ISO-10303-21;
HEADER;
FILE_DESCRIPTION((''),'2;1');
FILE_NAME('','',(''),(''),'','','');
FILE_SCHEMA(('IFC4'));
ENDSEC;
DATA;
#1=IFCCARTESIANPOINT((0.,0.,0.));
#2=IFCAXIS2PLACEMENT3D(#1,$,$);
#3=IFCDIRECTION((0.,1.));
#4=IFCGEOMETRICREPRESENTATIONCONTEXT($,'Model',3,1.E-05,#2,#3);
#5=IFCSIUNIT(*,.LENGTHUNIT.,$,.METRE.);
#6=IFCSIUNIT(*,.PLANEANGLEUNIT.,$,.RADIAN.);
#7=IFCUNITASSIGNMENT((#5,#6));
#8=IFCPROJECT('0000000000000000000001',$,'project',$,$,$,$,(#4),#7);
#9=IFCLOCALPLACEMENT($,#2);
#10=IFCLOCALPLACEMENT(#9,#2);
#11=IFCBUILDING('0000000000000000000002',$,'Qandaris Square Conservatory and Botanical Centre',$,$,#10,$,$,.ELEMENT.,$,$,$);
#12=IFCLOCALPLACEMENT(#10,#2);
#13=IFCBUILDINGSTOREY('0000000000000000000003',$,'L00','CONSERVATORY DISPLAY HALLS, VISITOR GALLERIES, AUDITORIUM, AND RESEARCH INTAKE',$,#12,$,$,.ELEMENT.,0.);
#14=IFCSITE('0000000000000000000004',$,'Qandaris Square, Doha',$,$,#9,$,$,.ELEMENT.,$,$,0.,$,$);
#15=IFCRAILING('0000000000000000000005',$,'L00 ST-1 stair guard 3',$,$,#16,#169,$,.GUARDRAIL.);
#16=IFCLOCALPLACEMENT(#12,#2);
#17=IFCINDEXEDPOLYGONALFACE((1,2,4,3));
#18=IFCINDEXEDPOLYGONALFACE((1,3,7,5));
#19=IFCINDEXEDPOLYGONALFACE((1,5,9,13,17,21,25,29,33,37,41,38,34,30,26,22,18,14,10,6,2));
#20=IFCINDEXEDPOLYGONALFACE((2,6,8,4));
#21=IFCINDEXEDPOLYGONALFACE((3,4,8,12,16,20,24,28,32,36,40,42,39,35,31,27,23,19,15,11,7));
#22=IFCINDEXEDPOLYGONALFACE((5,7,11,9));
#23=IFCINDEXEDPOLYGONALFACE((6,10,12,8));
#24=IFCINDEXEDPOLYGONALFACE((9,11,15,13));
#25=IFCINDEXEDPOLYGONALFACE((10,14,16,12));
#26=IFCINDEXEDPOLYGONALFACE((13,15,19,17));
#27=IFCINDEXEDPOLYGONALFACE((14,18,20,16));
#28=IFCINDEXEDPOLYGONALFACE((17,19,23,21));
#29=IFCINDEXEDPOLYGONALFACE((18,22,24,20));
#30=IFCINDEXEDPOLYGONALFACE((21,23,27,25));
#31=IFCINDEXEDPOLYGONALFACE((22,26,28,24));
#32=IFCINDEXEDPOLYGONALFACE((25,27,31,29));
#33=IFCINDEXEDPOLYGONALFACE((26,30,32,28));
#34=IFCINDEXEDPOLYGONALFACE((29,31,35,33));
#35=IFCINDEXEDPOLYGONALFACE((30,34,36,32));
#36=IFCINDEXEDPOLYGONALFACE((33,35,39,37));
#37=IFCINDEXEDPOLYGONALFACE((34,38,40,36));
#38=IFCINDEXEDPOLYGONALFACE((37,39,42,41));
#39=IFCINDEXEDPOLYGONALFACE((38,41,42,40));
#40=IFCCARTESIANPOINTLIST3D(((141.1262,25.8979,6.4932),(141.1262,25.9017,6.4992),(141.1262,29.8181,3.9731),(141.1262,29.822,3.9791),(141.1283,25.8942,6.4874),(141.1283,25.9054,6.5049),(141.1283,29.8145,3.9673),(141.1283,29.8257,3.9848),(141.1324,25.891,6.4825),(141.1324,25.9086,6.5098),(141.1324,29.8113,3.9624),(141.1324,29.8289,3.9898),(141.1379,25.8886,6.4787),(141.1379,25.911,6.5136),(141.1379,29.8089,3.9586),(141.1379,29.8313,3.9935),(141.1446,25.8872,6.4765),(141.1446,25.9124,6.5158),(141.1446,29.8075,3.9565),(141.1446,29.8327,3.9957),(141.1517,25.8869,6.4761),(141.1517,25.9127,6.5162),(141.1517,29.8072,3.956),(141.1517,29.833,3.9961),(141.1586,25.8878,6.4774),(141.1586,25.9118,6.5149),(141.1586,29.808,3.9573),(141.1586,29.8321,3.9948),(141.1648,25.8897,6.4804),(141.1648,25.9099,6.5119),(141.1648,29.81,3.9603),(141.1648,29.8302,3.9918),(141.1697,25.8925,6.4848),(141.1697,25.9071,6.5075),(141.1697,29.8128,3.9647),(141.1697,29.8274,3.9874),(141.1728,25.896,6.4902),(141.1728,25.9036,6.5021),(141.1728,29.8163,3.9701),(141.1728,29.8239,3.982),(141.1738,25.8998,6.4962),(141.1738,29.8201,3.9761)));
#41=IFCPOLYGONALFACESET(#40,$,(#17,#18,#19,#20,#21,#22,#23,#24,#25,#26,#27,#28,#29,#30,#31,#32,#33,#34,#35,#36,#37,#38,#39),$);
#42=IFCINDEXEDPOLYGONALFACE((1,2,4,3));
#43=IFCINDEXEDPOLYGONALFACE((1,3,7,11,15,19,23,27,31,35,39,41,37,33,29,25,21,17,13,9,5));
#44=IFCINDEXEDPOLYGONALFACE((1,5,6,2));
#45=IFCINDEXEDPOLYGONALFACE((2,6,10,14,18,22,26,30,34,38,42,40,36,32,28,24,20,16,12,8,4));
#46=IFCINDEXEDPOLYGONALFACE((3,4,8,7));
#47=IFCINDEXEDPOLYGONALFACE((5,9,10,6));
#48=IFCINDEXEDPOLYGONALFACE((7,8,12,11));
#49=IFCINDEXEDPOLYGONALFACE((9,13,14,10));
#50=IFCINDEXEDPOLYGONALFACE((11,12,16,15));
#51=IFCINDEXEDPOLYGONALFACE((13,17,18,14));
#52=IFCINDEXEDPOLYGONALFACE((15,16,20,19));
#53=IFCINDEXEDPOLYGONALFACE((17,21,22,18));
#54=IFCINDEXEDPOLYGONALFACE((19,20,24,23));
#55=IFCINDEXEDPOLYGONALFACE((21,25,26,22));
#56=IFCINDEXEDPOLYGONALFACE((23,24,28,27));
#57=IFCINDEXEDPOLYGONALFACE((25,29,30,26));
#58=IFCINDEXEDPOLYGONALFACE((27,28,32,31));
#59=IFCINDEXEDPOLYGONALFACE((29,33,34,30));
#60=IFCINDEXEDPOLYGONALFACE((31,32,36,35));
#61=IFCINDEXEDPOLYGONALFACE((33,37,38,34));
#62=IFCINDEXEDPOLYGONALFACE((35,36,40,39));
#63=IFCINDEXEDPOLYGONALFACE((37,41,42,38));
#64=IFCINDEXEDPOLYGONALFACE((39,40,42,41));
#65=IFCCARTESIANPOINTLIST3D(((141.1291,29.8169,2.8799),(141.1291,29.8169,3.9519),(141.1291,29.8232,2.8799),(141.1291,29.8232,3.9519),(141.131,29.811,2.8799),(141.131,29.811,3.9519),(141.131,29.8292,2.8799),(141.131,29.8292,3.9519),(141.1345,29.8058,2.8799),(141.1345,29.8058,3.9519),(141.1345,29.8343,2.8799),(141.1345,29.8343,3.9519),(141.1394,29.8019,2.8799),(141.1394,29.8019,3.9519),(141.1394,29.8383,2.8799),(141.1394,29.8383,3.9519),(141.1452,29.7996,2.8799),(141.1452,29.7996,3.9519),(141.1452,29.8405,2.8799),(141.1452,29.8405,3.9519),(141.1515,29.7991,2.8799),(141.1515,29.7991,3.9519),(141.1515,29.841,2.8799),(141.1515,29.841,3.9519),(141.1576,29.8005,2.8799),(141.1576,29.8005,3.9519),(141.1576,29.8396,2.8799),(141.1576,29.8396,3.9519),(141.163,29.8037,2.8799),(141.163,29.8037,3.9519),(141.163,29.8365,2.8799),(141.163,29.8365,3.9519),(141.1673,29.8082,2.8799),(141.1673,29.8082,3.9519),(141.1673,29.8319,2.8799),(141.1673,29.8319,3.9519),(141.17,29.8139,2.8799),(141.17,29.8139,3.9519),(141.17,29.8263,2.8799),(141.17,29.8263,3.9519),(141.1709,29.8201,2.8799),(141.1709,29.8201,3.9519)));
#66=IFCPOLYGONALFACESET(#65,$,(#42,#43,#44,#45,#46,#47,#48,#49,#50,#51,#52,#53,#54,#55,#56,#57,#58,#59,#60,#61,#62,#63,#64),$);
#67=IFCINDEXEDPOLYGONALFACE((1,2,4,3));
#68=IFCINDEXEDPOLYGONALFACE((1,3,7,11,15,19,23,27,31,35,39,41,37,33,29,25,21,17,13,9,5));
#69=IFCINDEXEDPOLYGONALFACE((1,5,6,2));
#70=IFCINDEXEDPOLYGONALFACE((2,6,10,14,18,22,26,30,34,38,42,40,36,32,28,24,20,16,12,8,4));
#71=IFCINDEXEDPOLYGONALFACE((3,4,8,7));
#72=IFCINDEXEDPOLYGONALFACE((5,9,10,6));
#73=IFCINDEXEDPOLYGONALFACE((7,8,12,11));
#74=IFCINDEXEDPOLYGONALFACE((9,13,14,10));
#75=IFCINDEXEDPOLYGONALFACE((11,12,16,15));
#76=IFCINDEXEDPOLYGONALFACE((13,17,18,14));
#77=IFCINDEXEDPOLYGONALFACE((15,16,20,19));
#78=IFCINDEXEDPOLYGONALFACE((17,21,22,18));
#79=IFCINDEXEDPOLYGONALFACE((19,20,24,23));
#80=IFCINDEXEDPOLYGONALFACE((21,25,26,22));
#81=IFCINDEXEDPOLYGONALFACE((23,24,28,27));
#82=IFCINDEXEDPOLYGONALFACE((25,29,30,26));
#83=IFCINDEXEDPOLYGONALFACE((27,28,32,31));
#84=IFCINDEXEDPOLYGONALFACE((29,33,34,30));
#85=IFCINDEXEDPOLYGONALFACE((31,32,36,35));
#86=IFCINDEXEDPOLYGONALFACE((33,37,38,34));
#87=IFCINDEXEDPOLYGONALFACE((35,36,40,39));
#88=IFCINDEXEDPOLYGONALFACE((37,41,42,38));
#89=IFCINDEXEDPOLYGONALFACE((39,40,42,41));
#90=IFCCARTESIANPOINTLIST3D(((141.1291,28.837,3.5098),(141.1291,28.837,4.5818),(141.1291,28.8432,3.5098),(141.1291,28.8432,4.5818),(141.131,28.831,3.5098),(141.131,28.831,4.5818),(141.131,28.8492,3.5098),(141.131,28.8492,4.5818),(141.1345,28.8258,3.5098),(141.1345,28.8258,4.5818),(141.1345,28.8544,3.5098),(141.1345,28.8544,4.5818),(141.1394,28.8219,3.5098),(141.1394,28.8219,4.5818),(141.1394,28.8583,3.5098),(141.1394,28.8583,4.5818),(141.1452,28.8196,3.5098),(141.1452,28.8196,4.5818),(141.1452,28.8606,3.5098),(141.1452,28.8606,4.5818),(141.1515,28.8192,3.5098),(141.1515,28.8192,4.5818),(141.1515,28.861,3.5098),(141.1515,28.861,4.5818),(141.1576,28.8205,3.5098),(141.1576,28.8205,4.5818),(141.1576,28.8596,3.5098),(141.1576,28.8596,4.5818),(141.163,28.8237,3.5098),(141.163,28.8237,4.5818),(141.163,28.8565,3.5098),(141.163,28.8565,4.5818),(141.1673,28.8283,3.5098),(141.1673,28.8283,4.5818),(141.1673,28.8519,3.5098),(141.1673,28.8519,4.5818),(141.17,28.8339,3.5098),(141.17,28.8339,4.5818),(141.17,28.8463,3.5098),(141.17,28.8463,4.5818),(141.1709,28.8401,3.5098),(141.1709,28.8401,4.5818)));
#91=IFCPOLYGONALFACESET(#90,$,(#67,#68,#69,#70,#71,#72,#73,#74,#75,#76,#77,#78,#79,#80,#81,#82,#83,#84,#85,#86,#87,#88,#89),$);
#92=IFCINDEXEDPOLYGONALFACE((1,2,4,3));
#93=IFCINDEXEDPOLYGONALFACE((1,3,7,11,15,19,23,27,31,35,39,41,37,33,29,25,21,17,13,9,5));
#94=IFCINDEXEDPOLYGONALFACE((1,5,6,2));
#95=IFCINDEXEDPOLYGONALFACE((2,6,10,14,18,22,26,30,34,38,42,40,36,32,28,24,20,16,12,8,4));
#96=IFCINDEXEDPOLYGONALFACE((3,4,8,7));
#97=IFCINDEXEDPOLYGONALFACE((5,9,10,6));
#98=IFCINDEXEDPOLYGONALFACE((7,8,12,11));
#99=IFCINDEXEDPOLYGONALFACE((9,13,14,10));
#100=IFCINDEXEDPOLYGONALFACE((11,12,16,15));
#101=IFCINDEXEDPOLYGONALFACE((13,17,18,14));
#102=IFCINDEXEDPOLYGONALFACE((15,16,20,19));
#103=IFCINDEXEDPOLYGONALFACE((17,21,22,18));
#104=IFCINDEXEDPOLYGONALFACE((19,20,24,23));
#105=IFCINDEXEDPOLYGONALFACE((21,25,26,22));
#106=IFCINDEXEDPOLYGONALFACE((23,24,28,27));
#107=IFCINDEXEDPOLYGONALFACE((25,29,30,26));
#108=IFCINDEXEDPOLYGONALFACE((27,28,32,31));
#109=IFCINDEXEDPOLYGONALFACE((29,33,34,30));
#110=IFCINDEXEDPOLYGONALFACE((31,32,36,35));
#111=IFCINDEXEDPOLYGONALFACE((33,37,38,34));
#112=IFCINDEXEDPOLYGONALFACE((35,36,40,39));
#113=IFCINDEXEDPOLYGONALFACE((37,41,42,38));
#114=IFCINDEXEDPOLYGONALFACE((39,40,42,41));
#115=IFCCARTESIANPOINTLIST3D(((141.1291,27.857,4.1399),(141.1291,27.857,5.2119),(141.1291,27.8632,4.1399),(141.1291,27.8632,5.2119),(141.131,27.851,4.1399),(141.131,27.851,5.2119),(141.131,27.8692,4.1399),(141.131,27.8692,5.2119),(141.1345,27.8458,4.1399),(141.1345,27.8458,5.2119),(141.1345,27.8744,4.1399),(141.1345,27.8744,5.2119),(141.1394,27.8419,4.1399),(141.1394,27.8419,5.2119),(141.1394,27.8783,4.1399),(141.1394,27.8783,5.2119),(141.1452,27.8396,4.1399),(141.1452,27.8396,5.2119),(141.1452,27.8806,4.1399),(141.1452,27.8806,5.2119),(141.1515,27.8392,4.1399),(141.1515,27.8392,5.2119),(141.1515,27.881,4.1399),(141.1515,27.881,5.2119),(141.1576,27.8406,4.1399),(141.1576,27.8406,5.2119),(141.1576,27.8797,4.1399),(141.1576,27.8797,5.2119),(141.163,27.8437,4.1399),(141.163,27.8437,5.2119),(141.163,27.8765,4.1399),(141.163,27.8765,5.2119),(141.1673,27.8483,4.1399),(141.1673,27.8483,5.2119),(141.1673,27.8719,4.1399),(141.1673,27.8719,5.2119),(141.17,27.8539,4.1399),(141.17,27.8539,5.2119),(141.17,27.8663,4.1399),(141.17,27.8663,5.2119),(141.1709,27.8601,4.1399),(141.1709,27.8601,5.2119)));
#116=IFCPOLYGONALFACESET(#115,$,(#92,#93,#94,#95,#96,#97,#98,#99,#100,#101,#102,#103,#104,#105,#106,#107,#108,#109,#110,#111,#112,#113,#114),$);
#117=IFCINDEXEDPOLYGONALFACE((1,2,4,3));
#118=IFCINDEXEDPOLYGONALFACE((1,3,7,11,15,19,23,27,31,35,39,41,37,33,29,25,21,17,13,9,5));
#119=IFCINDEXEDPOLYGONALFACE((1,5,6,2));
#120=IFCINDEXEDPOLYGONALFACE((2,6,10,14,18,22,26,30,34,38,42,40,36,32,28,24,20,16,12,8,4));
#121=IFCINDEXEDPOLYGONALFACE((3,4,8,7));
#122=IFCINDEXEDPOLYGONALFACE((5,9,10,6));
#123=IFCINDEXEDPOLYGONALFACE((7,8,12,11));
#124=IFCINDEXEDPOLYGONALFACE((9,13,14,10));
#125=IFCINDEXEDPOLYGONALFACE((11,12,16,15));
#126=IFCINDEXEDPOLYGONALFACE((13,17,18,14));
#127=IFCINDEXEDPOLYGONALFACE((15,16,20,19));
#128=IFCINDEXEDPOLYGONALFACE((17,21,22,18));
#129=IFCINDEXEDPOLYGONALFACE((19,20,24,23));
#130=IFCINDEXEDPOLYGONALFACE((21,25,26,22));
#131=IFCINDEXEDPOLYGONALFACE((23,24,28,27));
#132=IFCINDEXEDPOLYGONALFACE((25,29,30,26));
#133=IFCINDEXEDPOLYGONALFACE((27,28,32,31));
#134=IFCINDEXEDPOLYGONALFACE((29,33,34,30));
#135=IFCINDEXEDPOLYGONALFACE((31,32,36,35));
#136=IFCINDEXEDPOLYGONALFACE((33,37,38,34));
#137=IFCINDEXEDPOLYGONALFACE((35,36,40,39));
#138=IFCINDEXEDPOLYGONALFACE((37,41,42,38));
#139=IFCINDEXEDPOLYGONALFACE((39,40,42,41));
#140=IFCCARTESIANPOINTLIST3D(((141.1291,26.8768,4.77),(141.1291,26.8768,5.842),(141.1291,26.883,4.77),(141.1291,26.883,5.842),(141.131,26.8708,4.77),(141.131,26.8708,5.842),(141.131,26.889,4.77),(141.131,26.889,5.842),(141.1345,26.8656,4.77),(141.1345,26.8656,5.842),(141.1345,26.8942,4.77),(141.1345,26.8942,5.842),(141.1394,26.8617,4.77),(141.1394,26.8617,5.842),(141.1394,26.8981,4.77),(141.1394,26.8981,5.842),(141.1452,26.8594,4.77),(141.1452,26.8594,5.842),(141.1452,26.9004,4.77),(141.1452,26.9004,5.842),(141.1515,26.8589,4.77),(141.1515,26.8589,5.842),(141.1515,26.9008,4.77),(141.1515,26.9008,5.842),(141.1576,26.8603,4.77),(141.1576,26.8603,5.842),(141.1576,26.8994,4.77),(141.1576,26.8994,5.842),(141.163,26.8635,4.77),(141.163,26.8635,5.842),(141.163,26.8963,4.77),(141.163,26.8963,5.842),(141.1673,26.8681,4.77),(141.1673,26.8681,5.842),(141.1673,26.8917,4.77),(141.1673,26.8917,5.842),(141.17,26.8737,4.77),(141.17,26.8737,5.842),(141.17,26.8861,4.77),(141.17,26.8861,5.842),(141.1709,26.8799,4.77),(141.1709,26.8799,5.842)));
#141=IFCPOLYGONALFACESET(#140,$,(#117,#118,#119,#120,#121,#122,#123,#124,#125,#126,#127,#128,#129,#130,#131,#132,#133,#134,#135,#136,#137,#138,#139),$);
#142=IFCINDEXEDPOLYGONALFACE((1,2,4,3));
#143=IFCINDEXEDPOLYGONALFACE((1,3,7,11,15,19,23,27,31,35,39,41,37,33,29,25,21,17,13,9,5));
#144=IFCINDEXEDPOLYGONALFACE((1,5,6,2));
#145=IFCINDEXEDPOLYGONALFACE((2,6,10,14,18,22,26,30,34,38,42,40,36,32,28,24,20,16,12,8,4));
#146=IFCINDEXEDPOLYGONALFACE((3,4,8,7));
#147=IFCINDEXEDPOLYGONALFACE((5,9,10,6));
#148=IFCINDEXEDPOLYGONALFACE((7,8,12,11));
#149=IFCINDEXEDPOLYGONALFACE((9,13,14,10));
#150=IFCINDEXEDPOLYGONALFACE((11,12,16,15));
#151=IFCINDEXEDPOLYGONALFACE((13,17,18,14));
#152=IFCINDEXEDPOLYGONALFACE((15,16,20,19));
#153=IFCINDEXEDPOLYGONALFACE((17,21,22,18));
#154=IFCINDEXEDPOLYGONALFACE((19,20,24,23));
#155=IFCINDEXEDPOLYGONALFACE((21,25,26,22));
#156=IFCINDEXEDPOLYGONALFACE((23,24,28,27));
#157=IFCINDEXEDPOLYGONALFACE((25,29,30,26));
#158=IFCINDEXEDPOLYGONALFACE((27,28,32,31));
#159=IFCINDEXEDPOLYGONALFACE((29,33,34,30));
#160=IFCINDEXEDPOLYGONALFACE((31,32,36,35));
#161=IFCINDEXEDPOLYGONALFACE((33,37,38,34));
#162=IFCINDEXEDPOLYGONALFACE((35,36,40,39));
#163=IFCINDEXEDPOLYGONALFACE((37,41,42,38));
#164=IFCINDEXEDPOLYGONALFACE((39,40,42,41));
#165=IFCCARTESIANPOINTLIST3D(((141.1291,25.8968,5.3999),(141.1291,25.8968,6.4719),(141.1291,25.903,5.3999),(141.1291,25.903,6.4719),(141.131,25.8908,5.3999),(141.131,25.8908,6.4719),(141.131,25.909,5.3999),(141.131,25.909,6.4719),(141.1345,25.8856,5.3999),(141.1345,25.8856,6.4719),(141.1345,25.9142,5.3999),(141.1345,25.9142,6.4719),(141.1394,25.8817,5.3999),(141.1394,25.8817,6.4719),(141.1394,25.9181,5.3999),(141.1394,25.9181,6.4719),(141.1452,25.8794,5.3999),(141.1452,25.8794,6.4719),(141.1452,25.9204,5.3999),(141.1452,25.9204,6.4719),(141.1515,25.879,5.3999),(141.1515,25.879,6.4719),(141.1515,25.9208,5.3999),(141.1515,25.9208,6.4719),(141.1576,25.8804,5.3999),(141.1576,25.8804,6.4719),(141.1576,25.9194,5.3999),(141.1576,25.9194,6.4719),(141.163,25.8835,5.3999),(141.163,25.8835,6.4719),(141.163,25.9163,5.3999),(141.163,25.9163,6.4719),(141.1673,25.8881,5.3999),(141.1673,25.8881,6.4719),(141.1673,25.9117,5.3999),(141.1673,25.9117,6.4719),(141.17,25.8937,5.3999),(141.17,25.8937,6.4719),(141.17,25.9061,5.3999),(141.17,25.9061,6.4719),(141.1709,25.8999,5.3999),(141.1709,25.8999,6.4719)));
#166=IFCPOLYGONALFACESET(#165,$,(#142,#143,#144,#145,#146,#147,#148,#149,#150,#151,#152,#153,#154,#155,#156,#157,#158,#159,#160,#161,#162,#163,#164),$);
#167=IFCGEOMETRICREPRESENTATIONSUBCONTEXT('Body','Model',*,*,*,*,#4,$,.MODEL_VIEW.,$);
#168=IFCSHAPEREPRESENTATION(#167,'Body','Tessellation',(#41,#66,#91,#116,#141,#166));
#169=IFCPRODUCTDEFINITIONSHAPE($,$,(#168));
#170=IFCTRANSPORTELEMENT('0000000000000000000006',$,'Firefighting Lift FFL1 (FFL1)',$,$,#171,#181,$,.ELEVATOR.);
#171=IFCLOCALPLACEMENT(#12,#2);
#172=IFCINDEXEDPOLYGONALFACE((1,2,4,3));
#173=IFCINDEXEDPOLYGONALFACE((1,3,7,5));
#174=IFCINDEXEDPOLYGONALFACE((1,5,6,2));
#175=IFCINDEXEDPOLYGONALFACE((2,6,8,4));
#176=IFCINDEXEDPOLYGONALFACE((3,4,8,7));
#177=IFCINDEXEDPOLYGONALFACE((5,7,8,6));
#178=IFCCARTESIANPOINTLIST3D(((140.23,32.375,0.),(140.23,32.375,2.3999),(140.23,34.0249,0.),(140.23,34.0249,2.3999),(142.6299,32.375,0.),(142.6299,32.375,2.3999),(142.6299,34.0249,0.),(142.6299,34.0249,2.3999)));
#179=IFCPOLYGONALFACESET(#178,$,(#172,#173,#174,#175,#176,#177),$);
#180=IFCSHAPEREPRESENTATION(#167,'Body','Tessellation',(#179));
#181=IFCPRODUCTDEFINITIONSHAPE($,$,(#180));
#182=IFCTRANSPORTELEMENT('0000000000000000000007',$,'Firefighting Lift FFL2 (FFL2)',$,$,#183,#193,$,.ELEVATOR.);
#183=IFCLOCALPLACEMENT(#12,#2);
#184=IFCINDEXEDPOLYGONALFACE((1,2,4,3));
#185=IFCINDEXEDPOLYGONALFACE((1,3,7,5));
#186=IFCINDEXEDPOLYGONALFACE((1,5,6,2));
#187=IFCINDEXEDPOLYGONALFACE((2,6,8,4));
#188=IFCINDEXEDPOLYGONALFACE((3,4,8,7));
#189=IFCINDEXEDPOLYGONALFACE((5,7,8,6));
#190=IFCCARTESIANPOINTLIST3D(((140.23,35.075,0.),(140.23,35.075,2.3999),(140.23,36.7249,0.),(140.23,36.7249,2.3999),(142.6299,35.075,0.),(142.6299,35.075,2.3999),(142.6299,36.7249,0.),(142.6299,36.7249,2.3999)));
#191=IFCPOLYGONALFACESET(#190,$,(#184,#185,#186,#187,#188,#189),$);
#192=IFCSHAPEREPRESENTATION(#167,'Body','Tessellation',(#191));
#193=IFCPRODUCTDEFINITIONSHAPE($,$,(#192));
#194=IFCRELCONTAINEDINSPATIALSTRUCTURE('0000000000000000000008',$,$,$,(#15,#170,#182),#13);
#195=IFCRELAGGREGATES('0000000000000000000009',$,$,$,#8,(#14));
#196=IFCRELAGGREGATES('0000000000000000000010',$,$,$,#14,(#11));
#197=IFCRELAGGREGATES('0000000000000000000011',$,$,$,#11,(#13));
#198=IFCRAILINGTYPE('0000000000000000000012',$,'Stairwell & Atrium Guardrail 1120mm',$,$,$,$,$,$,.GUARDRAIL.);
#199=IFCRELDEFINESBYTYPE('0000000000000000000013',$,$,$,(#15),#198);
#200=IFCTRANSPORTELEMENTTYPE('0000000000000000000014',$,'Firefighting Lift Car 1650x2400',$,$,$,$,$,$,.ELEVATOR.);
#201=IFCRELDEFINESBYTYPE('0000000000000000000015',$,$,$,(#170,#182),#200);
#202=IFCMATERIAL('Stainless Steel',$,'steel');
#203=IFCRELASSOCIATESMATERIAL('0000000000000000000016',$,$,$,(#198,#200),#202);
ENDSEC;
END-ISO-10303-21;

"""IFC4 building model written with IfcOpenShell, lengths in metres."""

from ifc_helpers import new_model, si_unit, direction, frame, origin, origin_2d, place, context, subcontext, project, spatial, rectangle, circle, extrude, material, type_object, element, save


model = new_model("IFC4")

# Units and contexts
model_context = context("Model", 3, precision=1e-05, world=origin(), true_north=direction((0.0, 1.0)))
body_context = subcontext(model_context, "Body", "Model", "MODEL_VIEW")
ifc_project = project(units=[si_unit("LENGTHUNIT", "METRE"), si_unit("PLANEANGLEUNIT", "RADIAN")], contexts=[model_context])

# Site, building, storey
site_placement = place(None, origin())
site = spatial("IfcSite", under=ifc_project, at=site_placement, Name="Qandaris Square, Doha", CompositionType="ELEMENT", RefElevation=0.0)
building_placement = place(site_placement, origin())
building = spatial("IfcBuilding", under=site, at=building_placement, Name="Qandaris Square Conservatory and Botanical Centre", CompositionType="ELEMENT")
storey_placement = place(building_placement, origin())
storey = spatial("IfcBuildingStorey", under=building, at=storey_placement, Name="L00", Description="CONSERVATORY DISPLAY HALLS, VISITOR GALLERIES, AUDITORIUM, AND RESEARCH INTAKE", CompositionType="ELEMENT", Elevation=0.0)

# Railing
ifc_material_1 = material(Name="Stainless Steel", Category="steel")
railing_type_1 = type_object("IfcRailingType", Name="Stairwell & Atrium Guardrail 1120mm", PredefinedType="GUARDRAIL", material=ifc_material_1)
railing_1_placement = place(storey_placement, frame((141.1499, 29.8201, 2.8799)))
element("IfcRailing", 1, at=railing_1_placement, inside=storey, type_object=railing_type_1, Name="L00 ST-1 stair guard 3", PredefinedType="GUARDRAIL", context=body_context, shape_type="SweptSolid", body=[
    extrude(circle(Radius=0.0239, at=origin_2d()), frame((0.0, 0.0, 1.0962), z_axis=(0.0, -0.841187, 0.540744), x_axis=(1.0, 0.0, 0.0)), (0.0, 0.0, 1.0), 4.6604),
    extrude(circle(Radius=0.021, at=origin_2d()), origin(), (0.0, 0.0, 1.0), 1.072),
    extrude(circle(Radius=0.021, at=origin_2d()), frame((0.0, -0.98, 0.6299)), (0.0, 0.0, 1.0), 1.072),
    extrude(circle(Radius=0.021, at=origin_2d()), frame((0.0, -1.96, 1.26)), (0.0, 0.0, 1.0), 1.072),
    extrude(circle(Radius=0.021, at=origin_2d()), frame((0.0, -2.9402, 1.8901)), (0.0, 0.0, 1.0), 1.072),
    extrude(circle(Radius=0.021, at=origin_2d()), frame((0.0, -3.9202, 2.52)), (0.0, 0.0, 1.0), 1.072),
])

# Transport elements
transport_element_type = type_object("IfcTransportElementType", Name="Firefighting Lift Car 1650x2400", PredefinedType="ELEVATOR", material=ifc_material_1)
for number, where, z_axis, x_axis, name in (
    (2, (141.4299, 33.2, 0.0), (0.0, 0.0, 1.0), (1.0, 0.0, 0.0), "Firefighting Lift FFL1 (FFL1)"),
    (3, (141.4299, 35.8999, 0.0), (0.0, 0.0, 1.0), (1.0, 0.0, 0.0), "Firefighting Lift FFL2 (FFL2)"),
):
    element("IfcTransportElement", number, at=place(storey_placement, frame(where, z_axis=z_axis, x_axis=x_axis)), inside=storey, type_object=transport_element_type, Name=name, PredefinedType="ELEVATOR", context=body_context, shape_type="SweptSolid", body=[
        extrude(rectangle(XDim=2.3999, YDim=1.6499, at=origin_2d()), origin(), (0.0, 0.0, 1.0), 2.3999),
    ])

save(model, "model.ifc")
